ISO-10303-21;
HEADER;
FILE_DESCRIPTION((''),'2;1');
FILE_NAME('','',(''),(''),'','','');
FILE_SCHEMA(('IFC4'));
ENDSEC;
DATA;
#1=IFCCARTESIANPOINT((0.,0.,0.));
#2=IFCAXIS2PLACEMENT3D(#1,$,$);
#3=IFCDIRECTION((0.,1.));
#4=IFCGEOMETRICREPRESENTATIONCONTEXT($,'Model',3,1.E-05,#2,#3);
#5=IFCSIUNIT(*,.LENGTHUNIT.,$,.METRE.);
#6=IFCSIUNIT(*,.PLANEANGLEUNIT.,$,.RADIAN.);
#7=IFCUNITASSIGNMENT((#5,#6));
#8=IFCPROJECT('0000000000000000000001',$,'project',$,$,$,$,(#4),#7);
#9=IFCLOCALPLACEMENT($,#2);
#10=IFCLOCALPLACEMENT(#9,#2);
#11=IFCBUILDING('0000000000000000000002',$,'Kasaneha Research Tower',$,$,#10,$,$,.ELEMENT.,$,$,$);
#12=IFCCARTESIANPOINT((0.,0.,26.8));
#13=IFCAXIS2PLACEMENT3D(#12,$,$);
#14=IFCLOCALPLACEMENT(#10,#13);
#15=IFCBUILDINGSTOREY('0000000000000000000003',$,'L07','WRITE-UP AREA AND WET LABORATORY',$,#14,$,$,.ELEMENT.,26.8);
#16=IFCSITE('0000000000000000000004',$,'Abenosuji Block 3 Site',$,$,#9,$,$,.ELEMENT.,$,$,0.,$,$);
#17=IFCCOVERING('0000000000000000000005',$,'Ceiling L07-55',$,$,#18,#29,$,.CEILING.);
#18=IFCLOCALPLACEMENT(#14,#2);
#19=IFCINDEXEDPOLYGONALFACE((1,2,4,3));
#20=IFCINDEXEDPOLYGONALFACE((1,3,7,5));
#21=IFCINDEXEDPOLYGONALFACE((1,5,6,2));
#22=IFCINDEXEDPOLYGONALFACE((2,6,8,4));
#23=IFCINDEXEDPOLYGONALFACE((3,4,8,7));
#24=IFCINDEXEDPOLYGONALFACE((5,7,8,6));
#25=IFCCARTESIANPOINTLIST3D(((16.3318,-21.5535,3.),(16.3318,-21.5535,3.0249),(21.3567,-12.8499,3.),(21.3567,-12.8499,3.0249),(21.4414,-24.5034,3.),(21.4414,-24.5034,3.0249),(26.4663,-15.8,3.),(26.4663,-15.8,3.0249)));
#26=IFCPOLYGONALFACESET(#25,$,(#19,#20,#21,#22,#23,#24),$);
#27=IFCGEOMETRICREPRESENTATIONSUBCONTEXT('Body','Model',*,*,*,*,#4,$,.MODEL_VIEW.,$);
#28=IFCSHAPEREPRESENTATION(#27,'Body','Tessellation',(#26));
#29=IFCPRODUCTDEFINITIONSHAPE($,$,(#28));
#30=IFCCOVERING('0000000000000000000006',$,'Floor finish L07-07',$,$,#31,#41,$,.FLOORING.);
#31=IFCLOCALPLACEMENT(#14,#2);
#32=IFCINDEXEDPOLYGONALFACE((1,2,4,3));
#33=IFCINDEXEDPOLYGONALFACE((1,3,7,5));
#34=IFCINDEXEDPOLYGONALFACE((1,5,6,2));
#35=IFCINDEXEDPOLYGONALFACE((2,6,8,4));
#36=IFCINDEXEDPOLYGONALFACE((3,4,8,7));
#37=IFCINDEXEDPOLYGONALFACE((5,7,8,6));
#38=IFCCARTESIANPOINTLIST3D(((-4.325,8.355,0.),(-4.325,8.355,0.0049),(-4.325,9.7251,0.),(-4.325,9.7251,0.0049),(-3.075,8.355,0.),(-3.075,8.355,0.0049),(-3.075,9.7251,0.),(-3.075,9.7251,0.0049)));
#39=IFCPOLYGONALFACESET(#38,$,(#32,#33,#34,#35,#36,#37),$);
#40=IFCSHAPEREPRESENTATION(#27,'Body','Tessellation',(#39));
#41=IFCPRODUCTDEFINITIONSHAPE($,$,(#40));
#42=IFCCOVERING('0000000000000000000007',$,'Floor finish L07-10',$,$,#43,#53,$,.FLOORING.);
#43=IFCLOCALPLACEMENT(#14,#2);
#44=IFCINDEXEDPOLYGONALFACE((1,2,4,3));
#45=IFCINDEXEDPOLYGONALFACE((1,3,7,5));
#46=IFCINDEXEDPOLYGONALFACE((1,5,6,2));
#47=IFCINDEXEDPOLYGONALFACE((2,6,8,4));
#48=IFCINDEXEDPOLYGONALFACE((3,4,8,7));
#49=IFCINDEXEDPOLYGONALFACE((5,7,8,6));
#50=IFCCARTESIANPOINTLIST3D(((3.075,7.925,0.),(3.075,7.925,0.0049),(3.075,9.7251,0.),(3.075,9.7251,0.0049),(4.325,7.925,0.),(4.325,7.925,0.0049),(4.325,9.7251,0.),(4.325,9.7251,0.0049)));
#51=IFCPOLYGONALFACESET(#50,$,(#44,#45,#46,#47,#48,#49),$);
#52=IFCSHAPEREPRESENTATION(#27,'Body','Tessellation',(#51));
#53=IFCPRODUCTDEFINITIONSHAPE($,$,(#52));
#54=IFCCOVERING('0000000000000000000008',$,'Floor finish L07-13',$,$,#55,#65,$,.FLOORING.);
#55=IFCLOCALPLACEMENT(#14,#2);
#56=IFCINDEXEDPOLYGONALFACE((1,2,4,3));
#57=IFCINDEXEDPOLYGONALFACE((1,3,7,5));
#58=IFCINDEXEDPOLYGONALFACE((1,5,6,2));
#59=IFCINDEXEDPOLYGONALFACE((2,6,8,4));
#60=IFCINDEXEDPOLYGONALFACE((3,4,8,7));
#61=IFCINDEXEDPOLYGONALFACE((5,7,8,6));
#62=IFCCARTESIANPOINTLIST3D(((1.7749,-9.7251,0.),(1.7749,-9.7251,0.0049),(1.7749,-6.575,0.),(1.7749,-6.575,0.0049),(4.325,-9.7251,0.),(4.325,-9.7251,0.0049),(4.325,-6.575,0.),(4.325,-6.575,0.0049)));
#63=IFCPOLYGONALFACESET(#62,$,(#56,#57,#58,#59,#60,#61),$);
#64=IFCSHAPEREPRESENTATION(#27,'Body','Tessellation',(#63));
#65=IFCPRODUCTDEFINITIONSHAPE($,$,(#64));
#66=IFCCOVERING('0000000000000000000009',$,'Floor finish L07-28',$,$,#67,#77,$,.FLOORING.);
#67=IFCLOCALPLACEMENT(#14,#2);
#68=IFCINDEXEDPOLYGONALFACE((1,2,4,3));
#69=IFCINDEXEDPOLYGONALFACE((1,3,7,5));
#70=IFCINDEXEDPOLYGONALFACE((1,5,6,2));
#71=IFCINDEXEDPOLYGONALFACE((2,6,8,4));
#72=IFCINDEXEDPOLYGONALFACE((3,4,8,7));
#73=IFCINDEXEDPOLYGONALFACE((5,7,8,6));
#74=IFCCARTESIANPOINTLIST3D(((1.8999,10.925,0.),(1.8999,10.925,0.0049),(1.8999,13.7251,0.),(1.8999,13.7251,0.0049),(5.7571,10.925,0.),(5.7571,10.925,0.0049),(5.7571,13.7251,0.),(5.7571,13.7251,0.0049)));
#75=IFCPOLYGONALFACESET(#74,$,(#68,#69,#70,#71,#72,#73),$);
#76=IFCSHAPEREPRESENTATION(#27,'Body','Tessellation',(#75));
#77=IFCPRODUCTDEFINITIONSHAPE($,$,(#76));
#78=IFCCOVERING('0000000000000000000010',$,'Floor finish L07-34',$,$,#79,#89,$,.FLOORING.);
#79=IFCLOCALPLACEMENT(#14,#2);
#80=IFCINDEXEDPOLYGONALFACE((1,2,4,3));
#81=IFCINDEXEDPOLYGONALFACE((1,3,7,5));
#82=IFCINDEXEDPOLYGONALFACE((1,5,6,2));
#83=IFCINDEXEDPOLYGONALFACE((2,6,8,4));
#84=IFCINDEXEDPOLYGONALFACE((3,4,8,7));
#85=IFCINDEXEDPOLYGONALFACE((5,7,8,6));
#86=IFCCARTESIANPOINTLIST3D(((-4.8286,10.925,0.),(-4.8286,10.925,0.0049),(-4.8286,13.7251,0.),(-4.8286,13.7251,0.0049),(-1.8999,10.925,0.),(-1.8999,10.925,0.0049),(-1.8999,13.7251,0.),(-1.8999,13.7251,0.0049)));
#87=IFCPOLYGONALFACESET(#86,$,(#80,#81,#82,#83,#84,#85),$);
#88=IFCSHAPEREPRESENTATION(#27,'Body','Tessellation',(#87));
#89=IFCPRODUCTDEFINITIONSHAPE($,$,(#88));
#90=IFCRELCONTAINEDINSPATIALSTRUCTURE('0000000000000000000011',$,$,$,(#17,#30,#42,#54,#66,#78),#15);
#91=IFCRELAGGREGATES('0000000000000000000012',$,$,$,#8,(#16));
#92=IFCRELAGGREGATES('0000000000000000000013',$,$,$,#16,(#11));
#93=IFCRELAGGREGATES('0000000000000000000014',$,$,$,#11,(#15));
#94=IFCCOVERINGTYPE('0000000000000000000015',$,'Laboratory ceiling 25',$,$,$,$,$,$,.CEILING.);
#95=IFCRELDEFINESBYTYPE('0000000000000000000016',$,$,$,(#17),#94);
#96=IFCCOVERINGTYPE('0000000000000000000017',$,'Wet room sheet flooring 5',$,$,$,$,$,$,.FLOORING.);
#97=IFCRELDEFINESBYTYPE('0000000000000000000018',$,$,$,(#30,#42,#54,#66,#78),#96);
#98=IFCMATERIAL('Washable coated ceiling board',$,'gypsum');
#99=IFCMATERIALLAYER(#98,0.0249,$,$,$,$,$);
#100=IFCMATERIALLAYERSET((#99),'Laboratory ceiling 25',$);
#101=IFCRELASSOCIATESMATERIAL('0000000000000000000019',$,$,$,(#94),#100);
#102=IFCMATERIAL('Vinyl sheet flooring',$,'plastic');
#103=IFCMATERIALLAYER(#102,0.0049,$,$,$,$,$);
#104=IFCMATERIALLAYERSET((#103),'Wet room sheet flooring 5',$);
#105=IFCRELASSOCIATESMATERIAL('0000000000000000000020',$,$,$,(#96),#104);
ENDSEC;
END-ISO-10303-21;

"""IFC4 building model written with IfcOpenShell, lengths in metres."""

from ifc_helpers import new_model, si_unit, direction, frame, origin, place, context, subcontext, project, spatial, polyline, outline, extrude, material, layer, layer_set, type_object, element, save


model = new_model("IFC4")

# Units and contexts
model_context = context("Model", 3, precision=1e-05, world=origin(), true_north=direction((0.0, 1.0)))
body_context = subcontext(model_context, "Body", "Model", "MODEL_VIEW")
ifc_project = project(units=[si_unit("LENGTHUNIT", "METRE"), si_unit("PLANEANGLEUNIT", "RADIAN")], contexts=[model_context])

# Site, building, storey
site_placement = place(None, origin())
site = spatial("IfcSite", under=ifc_project, at=site_placement, Name="Abenosuji Block 3 Site", CompositionType="ELEMENT", RefElevation=0.0)
building_placement = place(site_placement, origin())
building = spatial("IfcBuilding", under=site, at=building_placement, Name="Kasaneha Research Tower", CompositionType="ELEMENT")
storey_placement = place(building_placement, frame((0.0, 0.0, 26.8)))
storey = spatial("IfcBuildingStorey", under=building, at=storey_placement, Name="L07", Description="WRITE-UP AREA AND WET LABORATORY", CompositionType="ELEMENT", Elevation=26.8)

# Coverings
ifc_material_1 = material(Name="Washable coated ceiling board", Category="gypsum")
ifc_layer_1 = layer(ifc_material_1, 0.0249)
ifc_layer_set_1 = layer_set([ifc_layer_1], Name="Laboratory ceiling 25")
covering_type_1 = type_object("IfcCoveringType", Name="Laboratory ceiling 25", PredefinedType="CEILING", material=ifc_layer_set_1)
covering_1_placement = place(storey_placement, frame((0.0, 0.0, 3.0)))
element("IfcCovering", 1, at=covering_1_placement, inside=storey, type_object=covering_type_1, Name="Ceiling L07-55", PredefinedType="CEILING", context=body_context, shape_type="SweptSolid", body=[
    extrude(outline(polyline([(21.4414, -24.5034), (16.3318, -21.5535), (21.3567, -12.8499), (26.4663, -15.8), (21.4414, -24.5034)])), origin(), (0.0, 0.0, 1.0), 0.0249),
])
ifc_material_2 = material(Name="Vinyl sheet flooring", Category="plastic")
ifc_layer_2 = layer(ifc_material_2, 0.0049)
ifc_layer_set_2 = layer_set([ifc_layer_2], Name="Wet room sheet flooring 5")
covering_type_2 = type_object("IfcCoveringType", Name="Wet room sheet flooring 5", PredefinedType="FLOORING", material=ifc_layer_set_2)
covering_2_placement = place(storey_placement, origin())
element("IfcCovering", 2, at=covering_2_placement, inside=storey, type_object=covering_type_2, Name="Floor finish L07-07", PredefinedType="FLOORING", context=body_context, shape_type="SweptSolid", body=[
    extrude(outline(polyline([(-4.325, 8.355), (-4.325, 9.7251), (-3.075, 9.7251), (-3.075, 8.355), (-4.325, 8.355)])), origin(), (0.0, 0.0, 1.0), 0.0049),
])
covering_3_placement = place(storey_placement, origin())
element("IfcCovering", 3, at=covering_3_placement, inside=storey, type_object=covering_type_2, Name="Floor finish L07-10", PredefinedType="FLOORING", context=body_context, shape_type="SweptSolid", body=[
    extrude(outline(polyline([(4.325, 7.925), (3.075, 7.925), (3.075, 9.7251), (4.325, 9.7251), (4.325, 7.925)])), origin(), (0.0, 0.0, 1.0), 0.0049),
])
covering_4_placement = place(storey_placement, origin())
element("IfcCovering", 4, at=covering_4_placement, inside=storey, type_object=covering_type_2, Name="Floor finish L07-13", PredefinedType="FLOORING", context=body_context, shape_type="SweptSolid", body=[
    extrude(outline(polyline([(1.7749, -9.7251), (1.7749, -6.575), (4.325, -6.575), (4.325, -9.7251), (1.7749, -9.7251)])), origin(), (0.0, 0.0, 1.0), 0.0049),
])
covering_5_placement = place(storey_placement, origin())
element("IfcCovering", 5, at=covering_5_placement, inside=storey, type_object=covering_type_2, Name="Floor finish L07-28", PredefinedType="FLOORING", context=body_context, shape_type="SweptSolid", body=[
    extrude(outline(polyline([(1.8999, 13.7251), (5.7571, 13.7251), (5.7571, 10.925), (1.8999, 10.925), (1.8999, 13.7251)])), origin(), (0.0, 0.0, 1.0), 0.0049),
])
covering_6_placement = place(storey_placement, origin())
element("IfcCovering", 6, at=covering_6_placement, inside=storey, type_object=covering_type_2, Name="Floor finish L07-34", PredefinedType="FLOORING", context=body_context, shape_type="SweptSolid", body=[
    extrude(outline(polyline([(-4.8286, 10.925), (-4.8286, 13.7251), (-1.8999, 13.7251), (-1.8999, 10.925), (-4.8286, 10.925)])), origin(), (0.0, 0.0, 1.0), 0.0049),
])

save(model, "model.ifc")
